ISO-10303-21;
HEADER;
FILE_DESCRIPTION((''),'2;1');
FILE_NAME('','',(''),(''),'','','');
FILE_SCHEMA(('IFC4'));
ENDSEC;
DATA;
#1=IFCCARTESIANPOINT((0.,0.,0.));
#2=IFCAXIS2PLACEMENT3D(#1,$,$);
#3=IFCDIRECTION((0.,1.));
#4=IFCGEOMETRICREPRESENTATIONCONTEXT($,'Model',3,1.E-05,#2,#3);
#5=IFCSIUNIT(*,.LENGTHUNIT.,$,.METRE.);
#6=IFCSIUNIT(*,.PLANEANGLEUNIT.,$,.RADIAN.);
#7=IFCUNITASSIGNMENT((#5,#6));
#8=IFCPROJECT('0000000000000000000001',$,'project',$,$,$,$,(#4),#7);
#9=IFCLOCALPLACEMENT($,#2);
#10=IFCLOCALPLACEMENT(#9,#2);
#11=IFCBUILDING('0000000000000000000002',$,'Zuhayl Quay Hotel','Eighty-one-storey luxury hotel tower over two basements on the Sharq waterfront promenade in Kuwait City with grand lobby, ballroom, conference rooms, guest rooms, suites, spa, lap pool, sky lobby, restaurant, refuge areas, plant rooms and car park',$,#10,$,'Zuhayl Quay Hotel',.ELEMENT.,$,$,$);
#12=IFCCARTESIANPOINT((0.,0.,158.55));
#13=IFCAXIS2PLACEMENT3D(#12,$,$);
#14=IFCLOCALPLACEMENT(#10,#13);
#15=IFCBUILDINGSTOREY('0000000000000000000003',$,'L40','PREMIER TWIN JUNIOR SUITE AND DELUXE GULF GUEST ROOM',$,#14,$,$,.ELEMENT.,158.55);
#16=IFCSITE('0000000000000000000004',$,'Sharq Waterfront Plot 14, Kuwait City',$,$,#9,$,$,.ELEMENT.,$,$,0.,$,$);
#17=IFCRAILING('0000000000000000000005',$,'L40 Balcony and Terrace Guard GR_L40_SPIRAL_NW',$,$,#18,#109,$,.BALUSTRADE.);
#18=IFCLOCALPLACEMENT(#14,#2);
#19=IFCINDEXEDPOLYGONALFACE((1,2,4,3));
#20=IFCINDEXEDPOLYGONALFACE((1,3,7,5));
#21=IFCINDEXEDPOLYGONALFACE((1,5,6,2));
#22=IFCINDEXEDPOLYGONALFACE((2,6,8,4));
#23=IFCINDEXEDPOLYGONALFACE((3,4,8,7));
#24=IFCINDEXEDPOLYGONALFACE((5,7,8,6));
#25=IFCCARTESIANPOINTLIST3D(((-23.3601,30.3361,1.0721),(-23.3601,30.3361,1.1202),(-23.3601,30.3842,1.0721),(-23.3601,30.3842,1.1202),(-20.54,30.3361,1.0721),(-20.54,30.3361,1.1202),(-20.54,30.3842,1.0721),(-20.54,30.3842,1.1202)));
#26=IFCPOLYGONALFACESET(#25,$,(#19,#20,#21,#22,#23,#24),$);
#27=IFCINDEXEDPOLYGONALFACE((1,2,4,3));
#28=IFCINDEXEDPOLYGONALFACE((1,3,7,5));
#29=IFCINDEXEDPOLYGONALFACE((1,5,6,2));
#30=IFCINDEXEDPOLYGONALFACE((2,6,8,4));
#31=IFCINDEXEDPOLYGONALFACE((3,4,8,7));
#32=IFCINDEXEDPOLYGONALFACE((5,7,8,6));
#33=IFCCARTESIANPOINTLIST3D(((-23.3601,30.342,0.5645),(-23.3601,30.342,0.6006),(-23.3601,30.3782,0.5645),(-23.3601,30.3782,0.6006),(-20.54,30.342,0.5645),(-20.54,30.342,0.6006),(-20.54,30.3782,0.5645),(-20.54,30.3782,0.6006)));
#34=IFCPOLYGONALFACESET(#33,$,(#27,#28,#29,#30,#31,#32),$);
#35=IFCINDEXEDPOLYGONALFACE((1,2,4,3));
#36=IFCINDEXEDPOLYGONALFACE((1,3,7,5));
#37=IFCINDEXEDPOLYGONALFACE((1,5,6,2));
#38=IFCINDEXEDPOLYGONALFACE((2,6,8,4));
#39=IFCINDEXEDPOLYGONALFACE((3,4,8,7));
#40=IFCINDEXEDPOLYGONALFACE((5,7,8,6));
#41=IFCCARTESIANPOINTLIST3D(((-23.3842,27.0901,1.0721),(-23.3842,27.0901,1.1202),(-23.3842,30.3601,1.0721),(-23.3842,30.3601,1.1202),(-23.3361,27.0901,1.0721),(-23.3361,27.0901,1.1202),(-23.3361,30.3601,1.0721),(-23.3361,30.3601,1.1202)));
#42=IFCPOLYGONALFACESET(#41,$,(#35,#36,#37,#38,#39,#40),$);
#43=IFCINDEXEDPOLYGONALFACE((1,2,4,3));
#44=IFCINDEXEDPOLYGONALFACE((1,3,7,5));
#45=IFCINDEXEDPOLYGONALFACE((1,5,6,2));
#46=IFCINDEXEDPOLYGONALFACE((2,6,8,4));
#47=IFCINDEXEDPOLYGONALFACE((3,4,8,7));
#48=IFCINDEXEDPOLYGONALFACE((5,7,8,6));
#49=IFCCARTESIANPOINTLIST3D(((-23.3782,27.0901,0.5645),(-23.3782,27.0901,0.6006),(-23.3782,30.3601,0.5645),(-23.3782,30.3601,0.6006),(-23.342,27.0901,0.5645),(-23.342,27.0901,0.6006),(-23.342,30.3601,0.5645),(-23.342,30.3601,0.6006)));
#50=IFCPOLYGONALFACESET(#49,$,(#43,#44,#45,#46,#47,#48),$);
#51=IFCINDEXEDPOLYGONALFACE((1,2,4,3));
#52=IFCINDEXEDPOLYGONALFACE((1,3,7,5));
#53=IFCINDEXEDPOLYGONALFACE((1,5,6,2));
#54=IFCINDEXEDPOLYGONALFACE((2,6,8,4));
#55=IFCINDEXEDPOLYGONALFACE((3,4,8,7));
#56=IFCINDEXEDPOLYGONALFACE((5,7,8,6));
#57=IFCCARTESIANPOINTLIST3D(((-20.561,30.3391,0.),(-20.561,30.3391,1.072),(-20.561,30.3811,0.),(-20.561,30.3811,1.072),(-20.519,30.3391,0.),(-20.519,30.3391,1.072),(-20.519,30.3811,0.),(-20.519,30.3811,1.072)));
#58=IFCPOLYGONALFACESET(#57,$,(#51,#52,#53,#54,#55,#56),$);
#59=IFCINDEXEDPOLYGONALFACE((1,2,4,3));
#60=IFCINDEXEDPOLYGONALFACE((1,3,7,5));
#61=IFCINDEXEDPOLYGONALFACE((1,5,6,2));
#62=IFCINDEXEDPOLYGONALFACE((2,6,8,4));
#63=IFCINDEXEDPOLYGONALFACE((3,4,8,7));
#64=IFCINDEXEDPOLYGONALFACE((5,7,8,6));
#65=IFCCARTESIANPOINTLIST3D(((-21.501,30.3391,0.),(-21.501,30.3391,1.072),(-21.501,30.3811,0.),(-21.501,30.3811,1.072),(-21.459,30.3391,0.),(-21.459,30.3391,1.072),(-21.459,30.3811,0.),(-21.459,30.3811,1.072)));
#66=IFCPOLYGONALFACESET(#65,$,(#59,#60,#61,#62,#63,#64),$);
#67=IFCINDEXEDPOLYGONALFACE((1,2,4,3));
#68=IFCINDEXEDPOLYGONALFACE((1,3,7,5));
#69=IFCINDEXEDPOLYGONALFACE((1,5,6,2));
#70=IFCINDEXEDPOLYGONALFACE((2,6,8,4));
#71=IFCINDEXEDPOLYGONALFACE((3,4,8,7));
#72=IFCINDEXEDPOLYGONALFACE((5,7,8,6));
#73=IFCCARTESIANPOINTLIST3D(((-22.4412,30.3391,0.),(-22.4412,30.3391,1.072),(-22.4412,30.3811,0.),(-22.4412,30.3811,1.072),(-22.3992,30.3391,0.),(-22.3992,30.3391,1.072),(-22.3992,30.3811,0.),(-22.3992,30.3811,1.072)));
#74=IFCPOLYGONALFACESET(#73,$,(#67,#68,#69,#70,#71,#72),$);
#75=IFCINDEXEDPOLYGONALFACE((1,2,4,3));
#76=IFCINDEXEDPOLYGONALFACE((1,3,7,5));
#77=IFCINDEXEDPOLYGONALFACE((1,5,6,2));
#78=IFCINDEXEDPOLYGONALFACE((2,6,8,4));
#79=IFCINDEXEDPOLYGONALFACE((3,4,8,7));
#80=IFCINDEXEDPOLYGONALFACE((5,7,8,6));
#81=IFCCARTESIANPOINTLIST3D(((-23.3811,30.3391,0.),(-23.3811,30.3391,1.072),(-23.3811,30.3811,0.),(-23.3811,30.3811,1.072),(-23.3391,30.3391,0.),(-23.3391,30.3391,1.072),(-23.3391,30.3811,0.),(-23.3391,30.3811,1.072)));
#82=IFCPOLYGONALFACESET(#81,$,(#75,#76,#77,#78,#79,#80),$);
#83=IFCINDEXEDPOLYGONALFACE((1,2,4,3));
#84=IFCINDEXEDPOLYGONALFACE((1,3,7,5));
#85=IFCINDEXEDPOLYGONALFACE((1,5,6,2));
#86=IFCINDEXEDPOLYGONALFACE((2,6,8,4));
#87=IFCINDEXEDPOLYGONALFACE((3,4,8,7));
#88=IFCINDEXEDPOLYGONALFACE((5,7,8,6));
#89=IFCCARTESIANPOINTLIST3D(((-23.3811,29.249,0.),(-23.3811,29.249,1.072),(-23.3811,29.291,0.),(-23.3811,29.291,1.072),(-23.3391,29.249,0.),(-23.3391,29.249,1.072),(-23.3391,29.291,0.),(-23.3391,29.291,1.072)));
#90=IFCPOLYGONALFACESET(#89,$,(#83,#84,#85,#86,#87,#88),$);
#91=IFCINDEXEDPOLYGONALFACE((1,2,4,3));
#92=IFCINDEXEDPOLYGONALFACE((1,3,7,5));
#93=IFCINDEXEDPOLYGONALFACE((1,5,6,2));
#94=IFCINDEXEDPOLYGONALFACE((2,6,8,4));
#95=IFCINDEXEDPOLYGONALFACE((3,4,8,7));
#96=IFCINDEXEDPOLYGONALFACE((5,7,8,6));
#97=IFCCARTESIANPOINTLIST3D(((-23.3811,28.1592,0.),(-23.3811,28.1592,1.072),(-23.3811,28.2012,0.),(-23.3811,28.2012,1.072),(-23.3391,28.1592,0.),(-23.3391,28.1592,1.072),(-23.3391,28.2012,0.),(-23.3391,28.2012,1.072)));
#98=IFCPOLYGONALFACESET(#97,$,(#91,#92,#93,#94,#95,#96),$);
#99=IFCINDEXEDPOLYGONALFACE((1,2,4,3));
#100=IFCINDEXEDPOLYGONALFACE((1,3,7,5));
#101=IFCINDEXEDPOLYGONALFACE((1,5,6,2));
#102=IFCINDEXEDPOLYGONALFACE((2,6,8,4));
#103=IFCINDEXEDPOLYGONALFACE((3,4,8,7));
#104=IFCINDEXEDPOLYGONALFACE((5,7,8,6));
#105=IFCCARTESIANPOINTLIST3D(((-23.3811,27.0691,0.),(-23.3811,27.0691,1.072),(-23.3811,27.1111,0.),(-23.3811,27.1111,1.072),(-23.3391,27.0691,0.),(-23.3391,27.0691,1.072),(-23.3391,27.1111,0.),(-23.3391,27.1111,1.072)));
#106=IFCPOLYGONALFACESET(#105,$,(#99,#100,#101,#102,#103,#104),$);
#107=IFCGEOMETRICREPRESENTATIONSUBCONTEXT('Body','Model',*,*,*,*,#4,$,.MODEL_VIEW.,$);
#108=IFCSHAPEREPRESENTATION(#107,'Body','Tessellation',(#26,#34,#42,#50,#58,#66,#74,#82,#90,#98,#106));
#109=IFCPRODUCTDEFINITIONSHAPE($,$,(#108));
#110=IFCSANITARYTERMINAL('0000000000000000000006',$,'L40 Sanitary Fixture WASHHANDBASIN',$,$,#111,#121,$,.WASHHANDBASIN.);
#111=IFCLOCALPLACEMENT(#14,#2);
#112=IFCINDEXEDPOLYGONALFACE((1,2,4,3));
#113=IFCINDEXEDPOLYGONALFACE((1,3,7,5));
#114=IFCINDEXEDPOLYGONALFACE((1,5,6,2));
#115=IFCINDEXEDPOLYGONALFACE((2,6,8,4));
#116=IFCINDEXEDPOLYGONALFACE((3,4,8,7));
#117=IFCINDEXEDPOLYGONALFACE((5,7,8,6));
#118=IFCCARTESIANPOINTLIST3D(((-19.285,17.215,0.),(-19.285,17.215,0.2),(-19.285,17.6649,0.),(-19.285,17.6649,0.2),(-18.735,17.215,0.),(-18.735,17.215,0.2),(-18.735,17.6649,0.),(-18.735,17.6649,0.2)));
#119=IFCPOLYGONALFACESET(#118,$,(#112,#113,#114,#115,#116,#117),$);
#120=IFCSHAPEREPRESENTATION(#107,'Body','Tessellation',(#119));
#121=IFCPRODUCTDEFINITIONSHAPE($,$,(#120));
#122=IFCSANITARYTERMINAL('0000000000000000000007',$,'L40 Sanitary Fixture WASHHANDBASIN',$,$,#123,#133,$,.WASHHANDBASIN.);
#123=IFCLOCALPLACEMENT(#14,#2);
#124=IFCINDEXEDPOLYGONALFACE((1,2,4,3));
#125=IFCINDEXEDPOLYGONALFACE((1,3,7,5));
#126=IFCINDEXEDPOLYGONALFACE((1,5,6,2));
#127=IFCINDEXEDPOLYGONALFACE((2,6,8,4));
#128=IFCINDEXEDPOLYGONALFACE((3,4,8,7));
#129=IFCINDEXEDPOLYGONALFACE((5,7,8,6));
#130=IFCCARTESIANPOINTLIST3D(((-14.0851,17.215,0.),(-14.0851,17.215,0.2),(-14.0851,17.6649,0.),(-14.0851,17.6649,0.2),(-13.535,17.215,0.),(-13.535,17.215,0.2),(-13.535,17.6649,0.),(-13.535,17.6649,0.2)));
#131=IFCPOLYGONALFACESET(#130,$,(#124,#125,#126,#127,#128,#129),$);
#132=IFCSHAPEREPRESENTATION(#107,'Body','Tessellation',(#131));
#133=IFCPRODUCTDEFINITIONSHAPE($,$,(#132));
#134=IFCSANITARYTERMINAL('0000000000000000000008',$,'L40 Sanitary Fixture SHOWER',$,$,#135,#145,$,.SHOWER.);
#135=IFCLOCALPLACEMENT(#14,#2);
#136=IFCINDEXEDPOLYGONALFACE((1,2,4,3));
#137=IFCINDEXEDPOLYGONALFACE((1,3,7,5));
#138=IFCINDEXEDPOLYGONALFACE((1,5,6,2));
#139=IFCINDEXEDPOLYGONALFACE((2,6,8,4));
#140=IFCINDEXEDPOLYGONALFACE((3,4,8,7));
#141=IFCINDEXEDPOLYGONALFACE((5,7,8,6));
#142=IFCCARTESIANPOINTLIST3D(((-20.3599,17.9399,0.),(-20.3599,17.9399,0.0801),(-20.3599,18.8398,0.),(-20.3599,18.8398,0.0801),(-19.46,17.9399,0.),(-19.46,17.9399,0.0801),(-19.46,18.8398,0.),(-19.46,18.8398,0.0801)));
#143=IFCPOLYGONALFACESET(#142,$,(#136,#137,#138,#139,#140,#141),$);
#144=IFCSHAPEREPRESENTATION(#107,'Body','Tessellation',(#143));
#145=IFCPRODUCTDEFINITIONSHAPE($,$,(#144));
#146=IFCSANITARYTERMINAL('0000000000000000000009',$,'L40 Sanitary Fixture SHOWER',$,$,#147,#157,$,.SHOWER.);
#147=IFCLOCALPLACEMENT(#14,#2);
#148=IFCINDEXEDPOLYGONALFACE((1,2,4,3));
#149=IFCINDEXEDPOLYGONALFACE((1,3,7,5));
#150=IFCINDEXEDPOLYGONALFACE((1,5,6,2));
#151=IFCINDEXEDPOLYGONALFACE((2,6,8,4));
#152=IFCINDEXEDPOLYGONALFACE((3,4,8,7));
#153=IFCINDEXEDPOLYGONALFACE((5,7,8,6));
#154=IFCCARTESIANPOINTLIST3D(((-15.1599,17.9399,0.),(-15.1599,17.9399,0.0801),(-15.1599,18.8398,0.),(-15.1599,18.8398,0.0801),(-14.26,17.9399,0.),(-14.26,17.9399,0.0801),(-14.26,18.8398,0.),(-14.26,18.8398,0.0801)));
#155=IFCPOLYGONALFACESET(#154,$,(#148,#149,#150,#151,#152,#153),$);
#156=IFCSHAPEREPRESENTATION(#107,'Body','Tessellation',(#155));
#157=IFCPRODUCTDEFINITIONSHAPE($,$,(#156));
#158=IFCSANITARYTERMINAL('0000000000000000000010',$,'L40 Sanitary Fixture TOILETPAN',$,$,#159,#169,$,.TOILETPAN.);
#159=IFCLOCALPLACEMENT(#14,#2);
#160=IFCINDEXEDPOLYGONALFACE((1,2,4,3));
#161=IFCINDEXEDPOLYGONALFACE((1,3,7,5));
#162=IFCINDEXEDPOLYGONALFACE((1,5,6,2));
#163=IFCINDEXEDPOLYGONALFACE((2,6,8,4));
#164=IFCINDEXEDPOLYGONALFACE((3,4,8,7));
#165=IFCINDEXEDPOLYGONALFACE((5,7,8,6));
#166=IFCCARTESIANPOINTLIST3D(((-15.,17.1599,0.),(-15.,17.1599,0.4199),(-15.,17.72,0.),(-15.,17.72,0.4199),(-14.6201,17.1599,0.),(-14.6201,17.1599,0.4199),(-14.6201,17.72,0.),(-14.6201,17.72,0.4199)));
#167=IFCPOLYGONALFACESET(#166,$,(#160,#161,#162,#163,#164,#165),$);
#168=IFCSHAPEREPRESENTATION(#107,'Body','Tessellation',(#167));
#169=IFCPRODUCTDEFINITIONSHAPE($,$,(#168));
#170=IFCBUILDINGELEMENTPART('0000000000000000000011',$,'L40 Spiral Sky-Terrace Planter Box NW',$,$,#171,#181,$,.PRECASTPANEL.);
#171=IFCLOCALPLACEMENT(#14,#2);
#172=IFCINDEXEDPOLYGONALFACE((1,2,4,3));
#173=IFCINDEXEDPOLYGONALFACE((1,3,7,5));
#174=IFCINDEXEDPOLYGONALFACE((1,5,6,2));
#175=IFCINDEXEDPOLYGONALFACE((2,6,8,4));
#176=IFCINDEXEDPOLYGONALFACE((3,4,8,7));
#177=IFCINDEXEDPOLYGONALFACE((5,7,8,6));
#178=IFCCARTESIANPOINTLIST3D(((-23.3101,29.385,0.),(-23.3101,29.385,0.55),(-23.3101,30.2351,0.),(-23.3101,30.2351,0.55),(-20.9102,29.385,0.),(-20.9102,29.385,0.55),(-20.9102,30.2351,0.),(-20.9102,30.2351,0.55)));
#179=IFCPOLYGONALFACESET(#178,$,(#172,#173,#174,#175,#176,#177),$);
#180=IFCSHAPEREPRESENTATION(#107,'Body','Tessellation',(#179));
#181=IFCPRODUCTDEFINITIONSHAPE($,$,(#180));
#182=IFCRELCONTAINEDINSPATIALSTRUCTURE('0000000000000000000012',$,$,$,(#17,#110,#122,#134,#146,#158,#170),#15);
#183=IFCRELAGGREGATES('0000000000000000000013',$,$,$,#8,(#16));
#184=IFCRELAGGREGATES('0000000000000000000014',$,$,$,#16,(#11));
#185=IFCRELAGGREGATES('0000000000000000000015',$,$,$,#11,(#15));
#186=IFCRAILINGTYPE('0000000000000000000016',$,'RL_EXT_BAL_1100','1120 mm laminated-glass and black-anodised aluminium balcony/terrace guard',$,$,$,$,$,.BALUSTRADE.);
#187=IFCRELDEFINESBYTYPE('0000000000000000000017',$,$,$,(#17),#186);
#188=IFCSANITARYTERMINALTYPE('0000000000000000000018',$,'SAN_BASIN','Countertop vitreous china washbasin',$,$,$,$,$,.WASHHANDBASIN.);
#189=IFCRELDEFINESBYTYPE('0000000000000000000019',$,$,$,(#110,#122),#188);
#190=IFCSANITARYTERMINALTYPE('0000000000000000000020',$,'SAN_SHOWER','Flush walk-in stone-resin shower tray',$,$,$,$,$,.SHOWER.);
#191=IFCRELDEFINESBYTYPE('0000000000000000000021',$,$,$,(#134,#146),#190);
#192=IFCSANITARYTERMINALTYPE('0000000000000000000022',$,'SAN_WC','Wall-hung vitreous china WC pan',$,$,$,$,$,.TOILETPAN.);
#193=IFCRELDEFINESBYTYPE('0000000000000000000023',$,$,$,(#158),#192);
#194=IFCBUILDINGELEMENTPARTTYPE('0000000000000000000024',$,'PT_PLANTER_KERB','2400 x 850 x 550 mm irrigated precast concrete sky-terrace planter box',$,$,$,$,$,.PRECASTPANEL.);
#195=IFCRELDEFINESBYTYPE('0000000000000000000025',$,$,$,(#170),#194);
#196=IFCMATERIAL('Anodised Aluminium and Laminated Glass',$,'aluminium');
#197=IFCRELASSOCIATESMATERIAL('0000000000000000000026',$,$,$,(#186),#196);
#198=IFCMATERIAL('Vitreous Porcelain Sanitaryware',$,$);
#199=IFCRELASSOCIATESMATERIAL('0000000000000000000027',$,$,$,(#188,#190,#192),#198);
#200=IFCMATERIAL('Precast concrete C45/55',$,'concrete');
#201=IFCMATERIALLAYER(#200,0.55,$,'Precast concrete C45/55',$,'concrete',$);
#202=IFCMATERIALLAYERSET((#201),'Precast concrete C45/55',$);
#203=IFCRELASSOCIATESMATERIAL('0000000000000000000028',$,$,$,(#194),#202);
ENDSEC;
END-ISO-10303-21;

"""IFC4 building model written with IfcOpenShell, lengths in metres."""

from ifc_helpers import new_model, si_unit, direction, frame, origin, origin_2d, place, context, subcontext, project, spatial, rectangle, extrude, material, layer, layer_set, type_object, element, save


model = new_model("IFC4")

# Units and contexts
model_context = context("Model", 3, precision=1e-05, world=origin(), true_north=direction((0.0, 1.0)))
body_context = subcontext(model_context, "Body", "Model", "MODEL_VIEW")
ifc_project = project(units=[si_unit("LENGTHUNIT", "METRE"), si_unit("PLANEANGLEUNIT", "RADIAN")], contexts=[model_context])

# Site, building, storey
site_placement = place(None, origin())
site = spatial("IfcSite", under=ifc_project, at=site_placement, Name="Sharq Waterfront Plot 14, Kuwait City", CompositionType="ELEMENT", RefElevation=0.0)
building_placement = place(site_placement, origin())
building = spatial("IfcBuilding", under=site, at=building_placement, Name="Zuhayl Quay Hotel", Description="Eighty-one-storey luxury hotel tower over two basements on the Sharq waterfront promenade in Kuwait City with grand lobby, ballroom, conference rooms, guest rooms, suites, spa, lap pool, sky lobby, restaurant, refuge areas, plant rooms and car park", LongName="Zuhayl Quay Hotel", CompositionType="ELEMENT")
storey_placement = place(building_placement, frame((0.0, 0.0, 158.55)))
storey = spatial("IfcBuildingStorey", under=building, at=storey_placement, Name="L40", Description="PREMIER TWIN JUNIOR SUITE AND DELUXE GULF GUEST ROOM", CompositionType="ELEMENT", Elevation=158.55)

# Shared definitions
ifc_material_1 = material(Name="Precast concrete C45/55", Category="concrete")

# Railing
ifc_material_2 = material(Name="Anodised Aluminium and Laminated Glass", Category="aluminium")
railing_type = type_object("IfcRailingType", Name="RL_EXT_BAL_1100", Description="1120 mm laminated-glass and black-anodised aluminium balcony/terrace guard", PredefinedType="BALUSTRADE", material=ifc_material_2)
railing_1_placement = place(storey_placement, frame((-20.54, 30.3601, 0.0)))
element("IfcRailing", 1, at=railing_1_placement, inside=storey, type_object=railing_type, Name="L40 Balcony and Terrace Guard GR_L40_SPIRAL_NW", PredefinedType="BALUSTRADE", context=body_context, shape_type="SweptSolid", body=[
    extrude(rectangle(XDim=0.0481, YDim=0.0481, at=origin_2d()), frame((0.0, 0.0, 1.0962), z_axis=(-1.0, 0.0, 0.0), x_axis=(0.0, -1.0, 0.0)), (0.0, 0.0, 1.0), 2.8201),
    extrude(rectangle(XDim=0.0361, YDim=0.0361, at=origin_2d()), frame((0.0, 0.0, 0.5825), z_axis=(-1.0, 0.0, 0.0), x_axis=(0.0, -1.0, 0.0)), (0.0, 0.0, 1.0), 2.8201),
    extrude(rectangle(XDim=0.0481, YDim=0.0481, at=origin_2d()), frame((-2.8201, 0.0, 1.0962), z_axis=(0.0, -1.0, 0.0), x_axis=(1.0, 0.0, 0.0)), (0.0, 0.0, 1.0), 3.27),
    extrude(rectangle(XDim=0.0361, YDim=0.0361, at=origin_2d()), frame((-2.8201, 0.0, 0.5825), z_axis=(0.0, -1.0, 0.0), x_axis=(1.0, 0.0, 0.0)), (0.0, 0.0, 1.0), 3.27),
    extrude(rectangle(XDim=0.042, YDim=0.042, at=origin_2d()), origin(), (0.0, 0.0, 1.0), 1.072),
    extrude(rectangle(XDim=0.042, YDim=0.042, at=origin_2d()), frame((-0.9399, 0.0, 0.0)), (0.0, 0.0, 1.0), 1.072),
    extrude(rectangle(XDim=0.042, YDim=0.042, at=origin_2d()), frame((-1.8801, 0.0, 0.0)), (0.0, 0.0, 1.0), 1.072),
    extrude(rectangle(XDim=0.042, YDim=0.042, at=origin_2d()), frame((-2.8201, 0.0, 0.0)), (0.0, 0.0, 1.0), 1.072),
    extrude(rectangle(XDim=0.042, YDim=0.042, at=origin_2d()), frame((-2.8201, -1.0901, 0.0)), (0.0, 0.0, 1.0), 1.072),
    extrude(rectangle(XDim=0.042, YDim=0.042, at=origin_2d()), frame((-2.8201, -2.1799, 0.0)), (0.0, 0.0, 1.0), 1.072),
    extrude(rectangle(XDim=0.042, YDim=0.042, at=origin_2d()), frame((-2.8201, -3.27, 0.0)), (0.0, 0.0, 1.0), 1.072),
])

# Sanitary terminals
ifc_material_3 = material(Name="Vitreous Porcelain Sanitaryware")
sanitary_terminal_type_1 = type_object("IfcSanitaryTerminalType", Name="SAN_BASIN", Description="Countertop vitreous china washbasin", PredefinedType="WASHHANDBASIN", material=ifc_material_3)
for number, where, z_axis, x_axis, name in (
    (2, (-19.01, 17.4399, 0.0), (0.0, 0.0, 1.0), (1.0, 0.0, 0.0), "L40 Sanitary Fixture WASHHANDBASIN"),
    (3, (-13.8101, 17.4399, 0.0), (0.0, 0.0, 1.0), (1.0, 0.0, 0.0), "L40 Sanitary Fixture WASHHANDBASIN"),
):
    element("IfcSanitaryTerminal", number, at=place(storey_placement, frame(where, z_axis=z_axis, x_axis=x_axis)), inside=storey, type_object=sanitary_terminal_type_1, Name=name, PredefinedType="WASHHANDBASIN", context=body_context, shape_type="SweptSolid", body=[
        extrude(rectangle(XDim=0.55, YDim=0.45, at=origin_2d()), origin(), (0.0, 0.0, 1.0), 0.2),
    ])
sanitary_terminal_type_2 = type_object("IfcSanitaryTerminalType", Name="SAN_SHOWER", Description="Flush walk-in stone-resin shower tray", PredefinedType="SHOWER", material=ifc_material_3)
for number, where, z_axis, x_axis, name in (
    (4, (-19.9099, 18.3899, 0.0), (0.0, 0.0, 1.0), (1.0, 0.0, 0.0), "L40 Sanitary Fixture SHOWER"),
    (5, (-14.71, 18.3899, 0.0), (0.0, 0.0, 1.0), (1.0, 0.0, 0.0), "L40 Sanitary Fixture SHOWER"),
):
    element("IfcSanitaryTerminal", number, at=place(storey_placement, frame(where, z_axis=z_axis, x_axis=x_axis)), inside=storey, type_object=sanitary_terminal_type_2, Name=name, PredefinedType="SHOWER", context=body_context, shape_type="SweptSolid", body=[
        extrude(rectangle(XDim=0.8999, YDim=0.8999, at=origin_2d()), origin(), (0.0, 0.0, 1.0), 0.0801),
    ])
sanitary_terminal_type_3 = type_object("IfcSanitaryTerminalType", Name="SAN_WC", Description="Wall-hung vitreous china WC pan", PredefinedType="TOILETPAN", material=ifc_material_3)
sanitary_terminal_placement = place(storey_placement, frame((-14.8101, 17.4399, 0.0), z_axis=(0.0, 0.0, 1.0), x_axis=(1.0, 0.0, 0.0)))
element("IfcSanitaryTerminal", 6, at=sanitary_terminal_placement, inside=storey, type_object=sanitary_terminal_type_3, Name="L40 Sanitary Fixture TOILETPAN", PredefinedType="TOILETPAN", context=body_context, shape_type="SweptSolid", body=[
    extrude(rectangle(XDim=0.3799, YDim=0.5601, at=origin_2d()), origin(), (0.0, 0.0, 1.0), 0.4199),
])

# Building element part
ifc_layer_1 = layer(ifc_material_1, 0.55, Name="Precast concrete C45/55", Category="concrete")
ifc_layer_set_1 = layer_set([ifc_layer_1], Name="Precast concrete C45/55")
building_element_part_type = type_object("IfcBuildingElementPartType", Name="PT_PLANTER_KERB", Description="2400 x 850 x 550 mm irrigated precast concrete sky-terrace planter box", PredefinedType="PRECASTPANEL", material=ifc_layer_set_1)
building_element_part_placement = place(storey_placement, frame((-22.1101, 29.8101, 0.0), z_axis=(0.0, 0.0, 1.0), x_axis=(1.0, 0.0, 0.0)))
element("IfcBuildingElementPart", 7, at=building_element_part_placement, inside=storey, type_object=building_element_part_type, Name="L40 Spiral Sky-Terrace Planter Box NW", PredefinedType="PRECASTPANEL", context=body_context, shape_type="SweptSolid", body=[
    extrude(rectangle(XDim=2.3999, YDim=0.8501, at=origin_2d()), origin(), (0.0, 0.0, 1.0), 0.55),
])

save(model, "model.ifc")
